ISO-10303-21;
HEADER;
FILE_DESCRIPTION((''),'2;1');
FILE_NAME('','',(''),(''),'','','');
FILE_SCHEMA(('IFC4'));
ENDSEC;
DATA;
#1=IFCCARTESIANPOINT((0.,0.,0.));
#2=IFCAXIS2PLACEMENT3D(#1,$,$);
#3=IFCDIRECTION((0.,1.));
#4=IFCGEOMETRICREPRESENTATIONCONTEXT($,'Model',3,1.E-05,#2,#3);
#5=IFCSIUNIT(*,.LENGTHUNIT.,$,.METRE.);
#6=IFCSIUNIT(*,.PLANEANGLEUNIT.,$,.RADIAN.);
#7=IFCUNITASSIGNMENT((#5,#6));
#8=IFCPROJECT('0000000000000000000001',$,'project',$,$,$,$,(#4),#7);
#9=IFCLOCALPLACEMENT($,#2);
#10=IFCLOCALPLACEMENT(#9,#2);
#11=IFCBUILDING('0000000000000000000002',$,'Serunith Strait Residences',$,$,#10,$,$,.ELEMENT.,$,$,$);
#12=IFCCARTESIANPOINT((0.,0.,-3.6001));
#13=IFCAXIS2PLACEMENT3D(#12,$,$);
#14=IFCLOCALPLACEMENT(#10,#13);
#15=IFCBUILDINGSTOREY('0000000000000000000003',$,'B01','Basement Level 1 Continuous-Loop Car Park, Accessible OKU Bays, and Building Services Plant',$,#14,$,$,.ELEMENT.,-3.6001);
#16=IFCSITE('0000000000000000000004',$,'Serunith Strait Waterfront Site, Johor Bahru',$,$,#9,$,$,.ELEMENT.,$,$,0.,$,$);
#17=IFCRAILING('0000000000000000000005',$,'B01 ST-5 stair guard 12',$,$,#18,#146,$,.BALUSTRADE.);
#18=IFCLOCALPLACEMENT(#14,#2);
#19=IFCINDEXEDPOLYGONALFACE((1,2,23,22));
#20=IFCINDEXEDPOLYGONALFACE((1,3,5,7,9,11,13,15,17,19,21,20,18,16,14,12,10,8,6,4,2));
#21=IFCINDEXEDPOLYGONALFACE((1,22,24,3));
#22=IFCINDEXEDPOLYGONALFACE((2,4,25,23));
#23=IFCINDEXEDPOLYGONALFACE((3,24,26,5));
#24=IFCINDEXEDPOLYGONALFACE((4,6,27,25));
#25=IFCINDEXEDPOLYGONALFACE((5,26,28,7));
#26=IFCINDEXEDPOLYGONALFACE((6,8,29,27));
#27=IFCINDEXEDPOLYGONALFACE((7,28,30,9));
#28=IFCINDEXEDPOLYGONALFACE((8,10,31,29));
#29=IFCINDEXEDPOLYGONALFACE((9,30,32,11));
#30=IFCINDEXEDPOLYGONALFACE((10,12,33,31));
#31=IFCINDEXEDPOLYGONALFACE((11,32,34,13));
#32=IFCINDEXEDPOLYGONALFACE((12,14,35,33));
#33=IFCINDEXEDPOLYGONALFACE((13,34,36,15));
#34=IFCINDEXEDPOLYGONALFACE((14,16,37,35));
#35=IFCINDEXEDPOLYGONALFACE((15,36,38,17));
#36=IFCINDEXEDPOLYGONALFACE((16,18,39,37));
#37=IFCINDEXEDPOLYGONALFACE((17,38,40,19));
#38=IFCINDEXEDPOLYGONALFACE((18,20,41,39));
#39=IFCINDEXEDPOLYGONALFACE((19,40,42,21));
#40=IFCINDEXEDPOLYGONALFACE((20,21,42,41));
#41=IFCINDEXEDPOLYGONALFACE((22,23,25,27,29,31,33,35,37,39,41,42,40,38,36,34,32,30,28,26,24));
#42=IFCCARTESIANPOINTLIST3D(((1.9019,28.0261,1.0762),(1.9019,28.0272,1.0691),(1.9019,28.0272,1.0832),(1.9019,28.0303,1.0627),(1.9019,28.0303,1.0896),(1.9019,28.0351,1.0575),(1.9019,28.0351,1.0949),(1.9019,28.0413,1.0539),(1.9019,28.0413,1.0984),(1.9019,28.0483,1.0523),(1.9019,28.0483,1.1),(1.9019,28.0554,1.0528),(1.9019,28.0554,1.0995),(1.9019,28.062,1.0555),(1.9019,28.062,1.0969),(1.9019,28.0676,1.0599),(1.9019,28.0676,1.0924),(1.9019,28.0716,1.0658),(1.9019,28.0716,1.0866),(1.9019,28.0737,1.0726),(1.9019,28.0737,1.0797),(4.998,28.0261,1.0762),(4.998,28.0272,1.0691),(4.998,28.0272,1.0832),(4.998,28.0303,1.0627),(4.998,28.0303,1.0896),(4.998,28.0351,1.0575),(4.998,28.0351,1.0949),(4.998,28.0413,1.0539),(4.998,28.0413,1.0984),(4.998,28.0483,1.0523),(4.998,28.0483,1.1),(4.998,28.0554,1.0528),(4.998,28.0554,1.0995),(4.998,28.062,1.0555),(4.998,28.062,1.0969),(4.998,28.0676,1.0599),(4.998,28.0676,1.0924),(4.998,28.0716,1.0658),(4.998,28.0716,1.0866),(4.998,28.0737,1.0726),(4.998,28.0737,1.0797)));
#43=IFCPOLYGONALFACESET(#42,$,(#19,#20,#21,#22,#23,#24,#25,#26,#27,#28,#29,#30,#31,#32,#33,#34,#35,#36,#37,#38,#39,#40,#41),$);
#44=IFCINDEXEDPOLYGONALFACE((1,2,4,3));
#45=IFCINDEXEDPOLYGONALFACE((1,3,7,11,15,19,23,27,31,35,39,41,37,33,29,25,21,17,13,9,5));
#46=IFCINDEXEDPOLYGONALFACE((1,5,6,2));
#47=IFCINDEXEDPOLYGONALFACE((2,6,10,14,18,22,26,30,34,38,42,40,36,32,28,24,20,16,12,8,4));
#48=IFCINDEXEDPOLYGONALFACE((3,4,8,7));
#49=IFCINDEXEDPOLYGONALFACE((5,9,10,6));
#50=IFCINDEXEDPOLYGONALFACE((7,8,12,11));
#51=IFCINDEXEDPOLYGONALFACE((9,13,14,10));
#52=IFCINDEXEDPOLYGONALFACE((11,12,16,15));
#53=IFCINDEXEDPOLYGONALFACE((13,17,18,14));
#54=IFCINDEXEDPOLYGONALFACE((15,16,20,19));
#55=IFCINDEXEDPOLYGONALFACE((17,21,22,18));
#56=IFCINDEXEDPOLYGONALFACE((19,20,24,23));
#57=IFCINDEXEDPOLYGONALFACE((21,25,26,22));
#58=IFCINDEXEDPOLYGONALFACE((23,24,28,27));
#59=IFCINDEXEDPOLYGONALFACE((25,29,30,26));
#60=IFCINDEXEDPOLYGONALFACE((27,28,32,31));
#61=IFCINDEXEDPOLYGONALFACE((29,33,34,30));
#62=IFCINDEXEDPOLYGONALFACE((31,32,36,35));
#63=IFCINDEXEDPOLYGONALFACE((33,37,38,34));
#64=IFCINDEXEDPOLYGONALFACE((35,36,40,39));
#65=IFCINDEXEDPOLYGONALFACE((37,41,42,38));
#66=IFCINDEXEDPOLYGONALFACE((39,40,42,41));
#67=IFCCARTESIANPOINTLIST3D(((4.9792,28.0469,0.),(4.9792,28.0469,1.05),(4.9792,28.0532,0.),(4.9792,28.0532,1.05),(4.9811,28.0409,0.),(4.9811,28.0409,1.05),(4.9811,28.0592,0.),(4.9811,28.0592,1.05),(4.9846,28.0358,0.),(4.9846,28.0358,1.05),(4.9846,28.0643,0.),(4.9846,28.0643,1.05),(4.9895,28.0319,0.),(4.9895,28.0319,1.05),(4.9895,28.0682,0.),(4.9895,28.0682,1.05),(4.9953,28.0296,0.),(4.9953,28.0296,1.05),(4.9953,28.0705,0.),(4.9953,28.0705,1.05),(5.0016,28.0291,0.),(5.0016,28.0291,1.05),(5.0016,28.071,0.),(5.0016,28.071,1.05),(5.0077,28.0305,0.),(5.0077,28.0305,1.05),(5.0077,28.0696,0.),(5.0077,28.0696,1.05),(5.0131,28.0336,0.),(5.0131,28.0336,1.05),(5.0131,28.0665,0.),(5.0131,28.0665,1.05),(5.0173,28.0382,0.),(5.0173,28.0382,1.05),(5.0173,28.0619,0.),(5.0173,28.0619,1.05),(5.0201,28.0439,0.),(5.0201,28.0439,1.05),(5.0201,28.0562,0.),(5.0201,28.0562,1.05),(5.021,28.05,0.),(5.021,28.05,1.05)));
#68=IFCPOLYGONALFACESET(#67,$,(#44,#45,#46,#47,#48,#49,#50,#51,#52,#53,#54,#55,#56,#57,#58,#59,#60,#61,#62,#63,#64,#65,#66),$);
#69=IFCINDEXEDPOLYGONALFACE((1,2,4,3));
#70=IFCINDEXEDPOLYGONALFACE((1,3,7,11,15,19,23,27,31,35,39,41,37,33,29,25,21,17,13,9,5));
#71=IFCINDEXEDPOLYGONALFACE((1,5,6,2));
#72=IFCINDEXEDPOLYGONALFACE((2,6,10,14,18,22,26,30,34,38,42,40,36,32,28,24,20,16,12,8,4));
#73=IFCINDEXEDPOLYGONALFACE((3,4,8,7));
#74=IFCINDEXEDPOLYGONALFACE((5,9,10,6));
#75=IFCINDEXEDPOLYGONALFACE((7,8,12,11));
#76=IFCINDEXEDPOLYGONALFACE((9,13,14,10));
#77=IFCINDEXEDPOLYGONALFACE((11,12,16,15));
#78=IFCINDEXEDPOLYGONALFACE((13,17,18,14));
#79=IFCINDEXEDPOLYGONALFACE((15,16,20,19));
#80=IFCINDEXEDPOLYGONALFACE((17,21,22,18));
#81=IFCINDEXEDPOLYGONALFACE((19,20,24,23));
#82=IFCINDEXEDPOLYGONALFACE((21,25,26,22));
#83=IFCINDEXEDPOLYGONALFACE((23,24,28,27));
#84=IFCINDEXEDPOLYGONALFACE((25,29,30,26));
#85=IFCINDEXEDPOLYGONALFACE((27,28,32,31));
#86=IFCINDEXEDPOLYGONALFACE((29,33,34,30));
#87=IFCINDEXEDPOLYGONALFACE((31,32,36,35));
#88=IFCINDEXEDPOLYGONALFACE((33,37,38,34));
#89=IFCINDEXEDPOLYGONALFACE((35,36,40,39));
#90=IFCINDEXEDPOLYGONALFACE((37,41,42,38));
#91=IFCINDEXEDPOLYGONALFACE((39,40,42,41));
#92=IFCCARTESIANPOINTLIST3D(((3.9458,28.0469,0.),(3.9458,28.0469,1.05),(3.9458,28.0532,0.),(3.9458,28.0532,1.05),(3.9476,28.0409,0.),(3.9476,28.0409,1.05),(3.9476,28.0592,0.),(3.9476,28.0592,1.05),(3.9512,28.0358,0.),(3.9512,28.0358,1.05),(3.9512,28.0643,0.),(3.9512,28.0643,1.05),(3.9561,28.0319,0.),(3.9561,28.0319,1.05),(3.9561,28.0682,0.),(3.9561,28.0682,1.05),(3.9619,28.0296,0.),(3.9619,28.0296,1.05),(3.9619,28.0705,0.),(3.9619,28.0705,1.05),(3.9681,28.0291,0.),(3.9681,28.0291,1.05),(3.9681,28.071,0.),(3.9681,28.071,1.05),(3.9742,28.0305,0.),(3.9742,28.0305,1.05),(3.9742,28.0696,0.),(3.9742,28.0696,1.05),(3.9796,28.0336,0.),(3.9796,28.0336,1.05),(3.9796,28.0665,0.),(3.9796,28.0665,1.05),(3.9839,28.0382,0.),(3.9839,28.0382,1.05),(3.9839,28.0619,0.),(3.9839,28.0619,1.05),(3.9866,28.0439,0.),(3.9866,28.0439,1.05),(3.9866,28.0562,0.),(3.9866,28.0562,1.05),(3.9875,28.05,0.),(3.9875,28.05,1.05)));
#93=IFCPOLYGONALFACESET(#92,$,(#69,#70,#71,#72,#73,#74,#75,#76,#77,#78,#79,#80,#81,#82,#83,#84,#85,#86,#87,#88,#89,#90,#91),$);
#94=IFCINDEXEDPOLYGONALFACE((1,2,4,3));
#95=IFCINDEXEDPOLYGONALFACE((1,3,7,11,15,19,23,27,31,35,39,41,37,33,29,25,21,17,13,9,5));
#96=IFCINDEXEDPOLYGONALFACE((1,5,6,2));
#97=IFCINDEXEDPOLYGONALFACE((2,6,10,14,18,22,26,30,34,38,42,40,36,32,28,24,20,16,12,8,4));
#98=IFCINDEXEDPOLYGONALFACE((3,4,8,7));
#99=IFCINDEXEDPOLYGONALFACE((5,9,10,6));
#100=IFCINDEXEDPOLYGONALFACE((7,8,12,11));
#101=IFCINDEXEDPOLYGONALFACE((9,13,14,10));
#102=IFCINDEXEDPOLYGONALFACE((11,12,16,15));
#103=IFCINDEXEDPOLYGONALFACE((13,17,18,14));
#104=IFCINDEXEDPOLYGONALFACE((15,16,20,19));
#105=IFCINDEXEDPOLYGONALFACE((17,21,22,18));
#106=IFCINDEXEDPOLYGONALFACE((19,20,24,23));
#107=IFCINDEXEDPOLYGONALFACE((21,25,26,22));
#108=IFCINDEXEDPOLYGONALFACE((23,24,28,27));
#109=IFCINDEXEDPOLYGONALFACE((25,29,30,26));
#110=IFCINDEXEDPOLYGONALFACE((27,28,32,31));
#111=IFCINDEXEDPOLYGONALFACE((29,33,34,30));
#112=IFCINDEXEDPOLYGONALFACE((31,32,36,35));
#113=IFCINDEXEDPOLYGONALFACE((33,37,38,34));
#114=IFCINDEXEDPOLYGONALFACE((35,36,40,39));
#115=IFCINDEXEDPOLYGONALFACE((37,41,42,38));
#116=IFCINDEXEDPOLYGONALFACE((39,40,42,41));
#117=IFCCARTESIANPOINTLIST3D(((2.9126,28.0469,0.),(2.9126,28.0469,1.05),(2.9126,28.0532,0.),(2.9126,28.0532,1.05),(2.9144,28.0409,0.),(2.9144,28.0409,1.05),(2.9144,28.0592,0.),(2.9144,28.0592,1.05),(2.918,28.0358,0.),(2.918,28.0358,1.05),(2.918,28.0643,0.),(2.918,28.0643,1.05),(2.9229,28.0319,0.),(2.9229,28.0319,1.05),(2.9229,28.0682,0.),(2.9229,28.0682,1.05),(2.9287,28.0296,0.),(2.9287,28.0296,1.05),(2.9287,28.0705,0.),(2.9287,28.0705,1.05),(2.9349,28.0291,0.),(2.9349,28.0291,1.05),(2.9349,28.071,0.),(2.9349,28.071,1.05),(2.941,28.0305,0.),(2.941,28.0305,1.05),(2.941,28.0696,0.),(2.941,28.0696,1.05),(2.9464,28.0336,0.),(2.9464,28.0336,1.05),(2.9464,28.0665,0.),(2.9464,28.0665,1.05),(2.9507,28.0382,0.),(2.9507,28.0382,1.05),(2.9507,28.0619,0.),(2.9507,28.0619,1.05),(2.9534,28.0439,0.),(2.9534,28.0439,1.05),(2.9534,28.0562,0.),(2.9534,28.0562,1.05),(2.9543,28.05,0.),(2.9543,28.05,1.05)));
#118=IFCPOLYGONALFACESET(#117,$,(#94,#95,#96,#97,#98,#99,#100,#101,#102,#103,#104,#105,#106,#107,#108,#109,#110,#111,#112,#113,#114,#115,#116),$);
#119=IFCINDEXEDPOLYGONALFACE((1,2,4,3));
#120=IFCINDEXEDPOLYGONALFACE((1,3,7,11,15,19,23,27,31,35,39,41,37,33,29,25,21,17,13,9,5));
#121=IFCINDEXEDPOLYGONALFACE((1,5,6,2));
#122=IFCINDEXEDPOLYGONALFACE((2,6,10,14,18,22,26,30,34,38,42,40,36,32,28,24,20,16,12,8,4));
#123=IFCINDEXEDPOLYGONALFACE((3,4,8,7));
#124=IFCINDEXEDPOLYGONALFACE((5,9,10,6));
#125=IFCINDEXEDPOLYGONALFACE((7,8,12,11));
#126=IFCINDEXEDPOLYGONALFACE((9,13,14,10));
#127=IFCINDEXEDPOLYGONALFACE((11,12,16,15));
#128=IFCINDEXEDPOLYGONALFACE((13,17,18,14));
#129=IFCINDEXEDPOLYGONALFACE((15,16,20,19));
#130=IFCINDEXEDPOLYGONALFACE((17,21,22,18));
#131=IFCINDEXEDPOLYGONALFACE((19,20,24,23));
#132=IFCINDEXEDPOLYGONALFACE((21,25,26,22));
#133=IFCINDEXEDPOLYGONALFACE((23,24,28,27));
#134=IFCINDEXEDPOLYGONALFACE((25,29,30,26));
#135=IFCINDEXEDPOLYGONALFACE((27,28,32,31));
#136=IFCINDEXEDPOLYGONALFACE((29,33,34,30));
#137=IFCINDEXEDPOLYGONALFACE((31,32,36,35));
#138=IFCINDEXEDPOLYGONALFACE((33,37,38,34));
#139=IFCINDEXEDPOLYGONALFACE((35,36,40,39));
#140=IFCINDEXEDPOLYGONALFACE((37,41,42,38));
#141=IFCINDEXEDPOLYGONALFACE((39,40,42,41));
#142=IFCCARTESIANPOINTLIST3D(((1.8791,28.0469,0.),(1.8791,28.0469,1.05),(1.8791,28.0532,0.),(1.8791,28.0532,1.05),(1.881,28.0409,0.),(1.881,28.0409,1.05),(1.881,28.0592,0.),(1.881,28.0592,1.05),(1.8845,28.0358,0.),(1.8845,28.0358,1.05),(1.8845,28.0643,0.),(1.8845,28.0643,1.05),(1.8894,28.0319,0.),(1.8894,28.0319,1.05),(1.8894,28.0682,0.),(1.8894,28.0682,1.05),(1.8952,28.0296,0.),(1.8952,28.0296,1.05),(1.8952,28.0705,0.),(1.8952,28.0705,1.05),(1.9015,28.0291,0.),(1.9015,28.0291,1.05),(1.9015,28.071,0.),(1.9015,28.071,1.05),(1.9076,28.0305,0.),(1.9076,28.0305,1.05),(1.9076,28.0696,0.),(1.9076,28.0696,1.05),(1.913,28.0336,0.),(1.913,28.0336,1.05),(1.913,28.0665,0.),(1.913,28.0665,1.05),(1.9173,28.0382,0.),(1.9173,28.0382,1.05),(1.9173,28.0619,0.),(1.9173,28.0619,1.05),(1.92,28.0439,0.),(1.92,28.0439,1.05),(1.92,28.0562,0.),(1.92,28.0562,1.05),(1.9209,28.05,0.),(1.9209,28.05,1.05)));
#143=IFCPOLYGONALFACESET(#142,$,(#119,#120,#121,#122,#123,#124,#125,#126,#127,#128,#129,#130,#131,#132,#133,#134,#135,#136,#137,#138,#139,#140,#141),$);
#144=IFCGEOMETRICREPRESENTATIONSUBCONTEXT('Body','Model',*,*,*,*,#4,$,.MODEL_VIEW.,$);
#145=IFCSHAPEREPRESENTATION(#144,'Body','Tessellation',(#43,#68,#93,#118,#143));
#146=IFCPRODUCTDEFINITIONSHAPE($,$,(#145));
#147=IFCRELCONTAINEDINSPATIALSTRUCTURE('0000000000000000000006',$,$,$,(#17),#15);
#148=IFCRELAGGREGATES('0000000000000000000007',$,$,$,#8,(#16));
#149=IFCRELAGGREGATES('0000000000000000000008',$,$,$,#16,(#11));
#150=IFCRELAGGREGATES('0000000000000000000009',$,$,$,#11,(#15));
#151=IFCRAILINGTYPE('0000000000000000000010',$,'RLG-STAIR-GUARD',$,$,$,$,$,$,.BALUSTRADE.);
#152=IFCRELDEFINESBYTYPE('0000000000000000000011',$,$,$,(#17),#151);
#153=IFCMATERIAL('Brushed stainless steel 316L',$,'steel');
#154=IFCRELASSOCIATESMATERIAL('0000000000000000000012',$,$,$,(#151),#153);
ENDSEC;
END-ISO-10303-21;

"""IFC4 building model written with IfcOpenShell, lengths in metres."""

from ifc_helpers import new_model, si_unit, direction, frame, origin, origin_2d, place, context, subcontext, project, spatial, circle, extrude, material, type_object, element, save


model = new_model("IFC4")

# Units and contexts
model_context = context("Model", 3, precision=1e-05, world=origin(), true_north=direction((0.0, 1.0)))
body_context = subcontext(model_context, "Body", "Model", "MODEL_VIEW")
ifc_project = project(units=[si_unit("LENGTHUNIT", "METRE"), si_unit("PLANEANGLEUNIT", "RADIAN")], contexts=[model_context])

# Site, building, storey
site_placement = place(None, origin())
site = spatial("IfcSite", under=ifc_project, at=site_placement, Name="Serunith Strait Waterfront Site, Johor Bahru", CompositionType="ELEMENT", RefElevation=0.0)
building_placement = place(site_placement, origin())
building = spatial("IfcBuilding", under=site, at=building_placement, Name="Serunith Strait Residences", CompositionType="ELEMENT")
storey_placement = place(building_placement, frame((0.0, 0.0, -3.6001)))
storey = spatial("IfcBuildingStorey", under=building, at=storey_placement, Name="B01", Description="Basement Level 1 Continuous-Loop Car Park, Accessible OKU Bays, and Building Services Plant", CompositionType="ELEMENT", Elevation=-3.6001)

# Railing
ifc_material_1 = material(Name="Brushed stainless steel 316L", Category="steel")
railing_type_1 = type_object("IfcRailingType", Name="RLG-STAIR-GUARD", PredefinedType="BALUSTRADE", material=ifc_material_1)
railing_1_placement = place(storey_placement, frame((5.0, 28.05, 0.0)))
element("IfcRailing", 1, at=railing_1_placement, inside=storey, type_object=railing_type_1, Name="B01 ST-5 stair guard 12", PredefinedType="BALUSTRADE", context=body_context, shape_type="SweptSolid", body=[
    extrude(circle(Radius=0.0239, at=origin_2d()), frame((-0.002, 0.0, 1.0762), z_axis=(-1.0, 0.0, 0.0), x_axis=(0.0, -1.0, 0.0)), (0.0, 0.0, 1.0), 3.0962),
    extrude(circle(Radius=0.021, at=origin_2d()), origin(), (0.0, 0.0, 1.0), 1.05),
    extrude(circle(Radius=0.021, at=origin_2d()), frame((-1.0334, 0.0, 0.0)), (0.0, 0.0, 1.0), 1.05),
    extrude(circle(Radius=0.021, at=origin_2d()), frame((-2.0667, 0.0, 0.0)), (0.0, 0.0, 1.0), 1.05),
    extrude(circle(Radius=0.021, at=origin_2d()), frame((-3.1001, 0.0, 0.0)), (0.0, 0.0, 1.0), 1.05),
])

save(model, "model.ifc")
